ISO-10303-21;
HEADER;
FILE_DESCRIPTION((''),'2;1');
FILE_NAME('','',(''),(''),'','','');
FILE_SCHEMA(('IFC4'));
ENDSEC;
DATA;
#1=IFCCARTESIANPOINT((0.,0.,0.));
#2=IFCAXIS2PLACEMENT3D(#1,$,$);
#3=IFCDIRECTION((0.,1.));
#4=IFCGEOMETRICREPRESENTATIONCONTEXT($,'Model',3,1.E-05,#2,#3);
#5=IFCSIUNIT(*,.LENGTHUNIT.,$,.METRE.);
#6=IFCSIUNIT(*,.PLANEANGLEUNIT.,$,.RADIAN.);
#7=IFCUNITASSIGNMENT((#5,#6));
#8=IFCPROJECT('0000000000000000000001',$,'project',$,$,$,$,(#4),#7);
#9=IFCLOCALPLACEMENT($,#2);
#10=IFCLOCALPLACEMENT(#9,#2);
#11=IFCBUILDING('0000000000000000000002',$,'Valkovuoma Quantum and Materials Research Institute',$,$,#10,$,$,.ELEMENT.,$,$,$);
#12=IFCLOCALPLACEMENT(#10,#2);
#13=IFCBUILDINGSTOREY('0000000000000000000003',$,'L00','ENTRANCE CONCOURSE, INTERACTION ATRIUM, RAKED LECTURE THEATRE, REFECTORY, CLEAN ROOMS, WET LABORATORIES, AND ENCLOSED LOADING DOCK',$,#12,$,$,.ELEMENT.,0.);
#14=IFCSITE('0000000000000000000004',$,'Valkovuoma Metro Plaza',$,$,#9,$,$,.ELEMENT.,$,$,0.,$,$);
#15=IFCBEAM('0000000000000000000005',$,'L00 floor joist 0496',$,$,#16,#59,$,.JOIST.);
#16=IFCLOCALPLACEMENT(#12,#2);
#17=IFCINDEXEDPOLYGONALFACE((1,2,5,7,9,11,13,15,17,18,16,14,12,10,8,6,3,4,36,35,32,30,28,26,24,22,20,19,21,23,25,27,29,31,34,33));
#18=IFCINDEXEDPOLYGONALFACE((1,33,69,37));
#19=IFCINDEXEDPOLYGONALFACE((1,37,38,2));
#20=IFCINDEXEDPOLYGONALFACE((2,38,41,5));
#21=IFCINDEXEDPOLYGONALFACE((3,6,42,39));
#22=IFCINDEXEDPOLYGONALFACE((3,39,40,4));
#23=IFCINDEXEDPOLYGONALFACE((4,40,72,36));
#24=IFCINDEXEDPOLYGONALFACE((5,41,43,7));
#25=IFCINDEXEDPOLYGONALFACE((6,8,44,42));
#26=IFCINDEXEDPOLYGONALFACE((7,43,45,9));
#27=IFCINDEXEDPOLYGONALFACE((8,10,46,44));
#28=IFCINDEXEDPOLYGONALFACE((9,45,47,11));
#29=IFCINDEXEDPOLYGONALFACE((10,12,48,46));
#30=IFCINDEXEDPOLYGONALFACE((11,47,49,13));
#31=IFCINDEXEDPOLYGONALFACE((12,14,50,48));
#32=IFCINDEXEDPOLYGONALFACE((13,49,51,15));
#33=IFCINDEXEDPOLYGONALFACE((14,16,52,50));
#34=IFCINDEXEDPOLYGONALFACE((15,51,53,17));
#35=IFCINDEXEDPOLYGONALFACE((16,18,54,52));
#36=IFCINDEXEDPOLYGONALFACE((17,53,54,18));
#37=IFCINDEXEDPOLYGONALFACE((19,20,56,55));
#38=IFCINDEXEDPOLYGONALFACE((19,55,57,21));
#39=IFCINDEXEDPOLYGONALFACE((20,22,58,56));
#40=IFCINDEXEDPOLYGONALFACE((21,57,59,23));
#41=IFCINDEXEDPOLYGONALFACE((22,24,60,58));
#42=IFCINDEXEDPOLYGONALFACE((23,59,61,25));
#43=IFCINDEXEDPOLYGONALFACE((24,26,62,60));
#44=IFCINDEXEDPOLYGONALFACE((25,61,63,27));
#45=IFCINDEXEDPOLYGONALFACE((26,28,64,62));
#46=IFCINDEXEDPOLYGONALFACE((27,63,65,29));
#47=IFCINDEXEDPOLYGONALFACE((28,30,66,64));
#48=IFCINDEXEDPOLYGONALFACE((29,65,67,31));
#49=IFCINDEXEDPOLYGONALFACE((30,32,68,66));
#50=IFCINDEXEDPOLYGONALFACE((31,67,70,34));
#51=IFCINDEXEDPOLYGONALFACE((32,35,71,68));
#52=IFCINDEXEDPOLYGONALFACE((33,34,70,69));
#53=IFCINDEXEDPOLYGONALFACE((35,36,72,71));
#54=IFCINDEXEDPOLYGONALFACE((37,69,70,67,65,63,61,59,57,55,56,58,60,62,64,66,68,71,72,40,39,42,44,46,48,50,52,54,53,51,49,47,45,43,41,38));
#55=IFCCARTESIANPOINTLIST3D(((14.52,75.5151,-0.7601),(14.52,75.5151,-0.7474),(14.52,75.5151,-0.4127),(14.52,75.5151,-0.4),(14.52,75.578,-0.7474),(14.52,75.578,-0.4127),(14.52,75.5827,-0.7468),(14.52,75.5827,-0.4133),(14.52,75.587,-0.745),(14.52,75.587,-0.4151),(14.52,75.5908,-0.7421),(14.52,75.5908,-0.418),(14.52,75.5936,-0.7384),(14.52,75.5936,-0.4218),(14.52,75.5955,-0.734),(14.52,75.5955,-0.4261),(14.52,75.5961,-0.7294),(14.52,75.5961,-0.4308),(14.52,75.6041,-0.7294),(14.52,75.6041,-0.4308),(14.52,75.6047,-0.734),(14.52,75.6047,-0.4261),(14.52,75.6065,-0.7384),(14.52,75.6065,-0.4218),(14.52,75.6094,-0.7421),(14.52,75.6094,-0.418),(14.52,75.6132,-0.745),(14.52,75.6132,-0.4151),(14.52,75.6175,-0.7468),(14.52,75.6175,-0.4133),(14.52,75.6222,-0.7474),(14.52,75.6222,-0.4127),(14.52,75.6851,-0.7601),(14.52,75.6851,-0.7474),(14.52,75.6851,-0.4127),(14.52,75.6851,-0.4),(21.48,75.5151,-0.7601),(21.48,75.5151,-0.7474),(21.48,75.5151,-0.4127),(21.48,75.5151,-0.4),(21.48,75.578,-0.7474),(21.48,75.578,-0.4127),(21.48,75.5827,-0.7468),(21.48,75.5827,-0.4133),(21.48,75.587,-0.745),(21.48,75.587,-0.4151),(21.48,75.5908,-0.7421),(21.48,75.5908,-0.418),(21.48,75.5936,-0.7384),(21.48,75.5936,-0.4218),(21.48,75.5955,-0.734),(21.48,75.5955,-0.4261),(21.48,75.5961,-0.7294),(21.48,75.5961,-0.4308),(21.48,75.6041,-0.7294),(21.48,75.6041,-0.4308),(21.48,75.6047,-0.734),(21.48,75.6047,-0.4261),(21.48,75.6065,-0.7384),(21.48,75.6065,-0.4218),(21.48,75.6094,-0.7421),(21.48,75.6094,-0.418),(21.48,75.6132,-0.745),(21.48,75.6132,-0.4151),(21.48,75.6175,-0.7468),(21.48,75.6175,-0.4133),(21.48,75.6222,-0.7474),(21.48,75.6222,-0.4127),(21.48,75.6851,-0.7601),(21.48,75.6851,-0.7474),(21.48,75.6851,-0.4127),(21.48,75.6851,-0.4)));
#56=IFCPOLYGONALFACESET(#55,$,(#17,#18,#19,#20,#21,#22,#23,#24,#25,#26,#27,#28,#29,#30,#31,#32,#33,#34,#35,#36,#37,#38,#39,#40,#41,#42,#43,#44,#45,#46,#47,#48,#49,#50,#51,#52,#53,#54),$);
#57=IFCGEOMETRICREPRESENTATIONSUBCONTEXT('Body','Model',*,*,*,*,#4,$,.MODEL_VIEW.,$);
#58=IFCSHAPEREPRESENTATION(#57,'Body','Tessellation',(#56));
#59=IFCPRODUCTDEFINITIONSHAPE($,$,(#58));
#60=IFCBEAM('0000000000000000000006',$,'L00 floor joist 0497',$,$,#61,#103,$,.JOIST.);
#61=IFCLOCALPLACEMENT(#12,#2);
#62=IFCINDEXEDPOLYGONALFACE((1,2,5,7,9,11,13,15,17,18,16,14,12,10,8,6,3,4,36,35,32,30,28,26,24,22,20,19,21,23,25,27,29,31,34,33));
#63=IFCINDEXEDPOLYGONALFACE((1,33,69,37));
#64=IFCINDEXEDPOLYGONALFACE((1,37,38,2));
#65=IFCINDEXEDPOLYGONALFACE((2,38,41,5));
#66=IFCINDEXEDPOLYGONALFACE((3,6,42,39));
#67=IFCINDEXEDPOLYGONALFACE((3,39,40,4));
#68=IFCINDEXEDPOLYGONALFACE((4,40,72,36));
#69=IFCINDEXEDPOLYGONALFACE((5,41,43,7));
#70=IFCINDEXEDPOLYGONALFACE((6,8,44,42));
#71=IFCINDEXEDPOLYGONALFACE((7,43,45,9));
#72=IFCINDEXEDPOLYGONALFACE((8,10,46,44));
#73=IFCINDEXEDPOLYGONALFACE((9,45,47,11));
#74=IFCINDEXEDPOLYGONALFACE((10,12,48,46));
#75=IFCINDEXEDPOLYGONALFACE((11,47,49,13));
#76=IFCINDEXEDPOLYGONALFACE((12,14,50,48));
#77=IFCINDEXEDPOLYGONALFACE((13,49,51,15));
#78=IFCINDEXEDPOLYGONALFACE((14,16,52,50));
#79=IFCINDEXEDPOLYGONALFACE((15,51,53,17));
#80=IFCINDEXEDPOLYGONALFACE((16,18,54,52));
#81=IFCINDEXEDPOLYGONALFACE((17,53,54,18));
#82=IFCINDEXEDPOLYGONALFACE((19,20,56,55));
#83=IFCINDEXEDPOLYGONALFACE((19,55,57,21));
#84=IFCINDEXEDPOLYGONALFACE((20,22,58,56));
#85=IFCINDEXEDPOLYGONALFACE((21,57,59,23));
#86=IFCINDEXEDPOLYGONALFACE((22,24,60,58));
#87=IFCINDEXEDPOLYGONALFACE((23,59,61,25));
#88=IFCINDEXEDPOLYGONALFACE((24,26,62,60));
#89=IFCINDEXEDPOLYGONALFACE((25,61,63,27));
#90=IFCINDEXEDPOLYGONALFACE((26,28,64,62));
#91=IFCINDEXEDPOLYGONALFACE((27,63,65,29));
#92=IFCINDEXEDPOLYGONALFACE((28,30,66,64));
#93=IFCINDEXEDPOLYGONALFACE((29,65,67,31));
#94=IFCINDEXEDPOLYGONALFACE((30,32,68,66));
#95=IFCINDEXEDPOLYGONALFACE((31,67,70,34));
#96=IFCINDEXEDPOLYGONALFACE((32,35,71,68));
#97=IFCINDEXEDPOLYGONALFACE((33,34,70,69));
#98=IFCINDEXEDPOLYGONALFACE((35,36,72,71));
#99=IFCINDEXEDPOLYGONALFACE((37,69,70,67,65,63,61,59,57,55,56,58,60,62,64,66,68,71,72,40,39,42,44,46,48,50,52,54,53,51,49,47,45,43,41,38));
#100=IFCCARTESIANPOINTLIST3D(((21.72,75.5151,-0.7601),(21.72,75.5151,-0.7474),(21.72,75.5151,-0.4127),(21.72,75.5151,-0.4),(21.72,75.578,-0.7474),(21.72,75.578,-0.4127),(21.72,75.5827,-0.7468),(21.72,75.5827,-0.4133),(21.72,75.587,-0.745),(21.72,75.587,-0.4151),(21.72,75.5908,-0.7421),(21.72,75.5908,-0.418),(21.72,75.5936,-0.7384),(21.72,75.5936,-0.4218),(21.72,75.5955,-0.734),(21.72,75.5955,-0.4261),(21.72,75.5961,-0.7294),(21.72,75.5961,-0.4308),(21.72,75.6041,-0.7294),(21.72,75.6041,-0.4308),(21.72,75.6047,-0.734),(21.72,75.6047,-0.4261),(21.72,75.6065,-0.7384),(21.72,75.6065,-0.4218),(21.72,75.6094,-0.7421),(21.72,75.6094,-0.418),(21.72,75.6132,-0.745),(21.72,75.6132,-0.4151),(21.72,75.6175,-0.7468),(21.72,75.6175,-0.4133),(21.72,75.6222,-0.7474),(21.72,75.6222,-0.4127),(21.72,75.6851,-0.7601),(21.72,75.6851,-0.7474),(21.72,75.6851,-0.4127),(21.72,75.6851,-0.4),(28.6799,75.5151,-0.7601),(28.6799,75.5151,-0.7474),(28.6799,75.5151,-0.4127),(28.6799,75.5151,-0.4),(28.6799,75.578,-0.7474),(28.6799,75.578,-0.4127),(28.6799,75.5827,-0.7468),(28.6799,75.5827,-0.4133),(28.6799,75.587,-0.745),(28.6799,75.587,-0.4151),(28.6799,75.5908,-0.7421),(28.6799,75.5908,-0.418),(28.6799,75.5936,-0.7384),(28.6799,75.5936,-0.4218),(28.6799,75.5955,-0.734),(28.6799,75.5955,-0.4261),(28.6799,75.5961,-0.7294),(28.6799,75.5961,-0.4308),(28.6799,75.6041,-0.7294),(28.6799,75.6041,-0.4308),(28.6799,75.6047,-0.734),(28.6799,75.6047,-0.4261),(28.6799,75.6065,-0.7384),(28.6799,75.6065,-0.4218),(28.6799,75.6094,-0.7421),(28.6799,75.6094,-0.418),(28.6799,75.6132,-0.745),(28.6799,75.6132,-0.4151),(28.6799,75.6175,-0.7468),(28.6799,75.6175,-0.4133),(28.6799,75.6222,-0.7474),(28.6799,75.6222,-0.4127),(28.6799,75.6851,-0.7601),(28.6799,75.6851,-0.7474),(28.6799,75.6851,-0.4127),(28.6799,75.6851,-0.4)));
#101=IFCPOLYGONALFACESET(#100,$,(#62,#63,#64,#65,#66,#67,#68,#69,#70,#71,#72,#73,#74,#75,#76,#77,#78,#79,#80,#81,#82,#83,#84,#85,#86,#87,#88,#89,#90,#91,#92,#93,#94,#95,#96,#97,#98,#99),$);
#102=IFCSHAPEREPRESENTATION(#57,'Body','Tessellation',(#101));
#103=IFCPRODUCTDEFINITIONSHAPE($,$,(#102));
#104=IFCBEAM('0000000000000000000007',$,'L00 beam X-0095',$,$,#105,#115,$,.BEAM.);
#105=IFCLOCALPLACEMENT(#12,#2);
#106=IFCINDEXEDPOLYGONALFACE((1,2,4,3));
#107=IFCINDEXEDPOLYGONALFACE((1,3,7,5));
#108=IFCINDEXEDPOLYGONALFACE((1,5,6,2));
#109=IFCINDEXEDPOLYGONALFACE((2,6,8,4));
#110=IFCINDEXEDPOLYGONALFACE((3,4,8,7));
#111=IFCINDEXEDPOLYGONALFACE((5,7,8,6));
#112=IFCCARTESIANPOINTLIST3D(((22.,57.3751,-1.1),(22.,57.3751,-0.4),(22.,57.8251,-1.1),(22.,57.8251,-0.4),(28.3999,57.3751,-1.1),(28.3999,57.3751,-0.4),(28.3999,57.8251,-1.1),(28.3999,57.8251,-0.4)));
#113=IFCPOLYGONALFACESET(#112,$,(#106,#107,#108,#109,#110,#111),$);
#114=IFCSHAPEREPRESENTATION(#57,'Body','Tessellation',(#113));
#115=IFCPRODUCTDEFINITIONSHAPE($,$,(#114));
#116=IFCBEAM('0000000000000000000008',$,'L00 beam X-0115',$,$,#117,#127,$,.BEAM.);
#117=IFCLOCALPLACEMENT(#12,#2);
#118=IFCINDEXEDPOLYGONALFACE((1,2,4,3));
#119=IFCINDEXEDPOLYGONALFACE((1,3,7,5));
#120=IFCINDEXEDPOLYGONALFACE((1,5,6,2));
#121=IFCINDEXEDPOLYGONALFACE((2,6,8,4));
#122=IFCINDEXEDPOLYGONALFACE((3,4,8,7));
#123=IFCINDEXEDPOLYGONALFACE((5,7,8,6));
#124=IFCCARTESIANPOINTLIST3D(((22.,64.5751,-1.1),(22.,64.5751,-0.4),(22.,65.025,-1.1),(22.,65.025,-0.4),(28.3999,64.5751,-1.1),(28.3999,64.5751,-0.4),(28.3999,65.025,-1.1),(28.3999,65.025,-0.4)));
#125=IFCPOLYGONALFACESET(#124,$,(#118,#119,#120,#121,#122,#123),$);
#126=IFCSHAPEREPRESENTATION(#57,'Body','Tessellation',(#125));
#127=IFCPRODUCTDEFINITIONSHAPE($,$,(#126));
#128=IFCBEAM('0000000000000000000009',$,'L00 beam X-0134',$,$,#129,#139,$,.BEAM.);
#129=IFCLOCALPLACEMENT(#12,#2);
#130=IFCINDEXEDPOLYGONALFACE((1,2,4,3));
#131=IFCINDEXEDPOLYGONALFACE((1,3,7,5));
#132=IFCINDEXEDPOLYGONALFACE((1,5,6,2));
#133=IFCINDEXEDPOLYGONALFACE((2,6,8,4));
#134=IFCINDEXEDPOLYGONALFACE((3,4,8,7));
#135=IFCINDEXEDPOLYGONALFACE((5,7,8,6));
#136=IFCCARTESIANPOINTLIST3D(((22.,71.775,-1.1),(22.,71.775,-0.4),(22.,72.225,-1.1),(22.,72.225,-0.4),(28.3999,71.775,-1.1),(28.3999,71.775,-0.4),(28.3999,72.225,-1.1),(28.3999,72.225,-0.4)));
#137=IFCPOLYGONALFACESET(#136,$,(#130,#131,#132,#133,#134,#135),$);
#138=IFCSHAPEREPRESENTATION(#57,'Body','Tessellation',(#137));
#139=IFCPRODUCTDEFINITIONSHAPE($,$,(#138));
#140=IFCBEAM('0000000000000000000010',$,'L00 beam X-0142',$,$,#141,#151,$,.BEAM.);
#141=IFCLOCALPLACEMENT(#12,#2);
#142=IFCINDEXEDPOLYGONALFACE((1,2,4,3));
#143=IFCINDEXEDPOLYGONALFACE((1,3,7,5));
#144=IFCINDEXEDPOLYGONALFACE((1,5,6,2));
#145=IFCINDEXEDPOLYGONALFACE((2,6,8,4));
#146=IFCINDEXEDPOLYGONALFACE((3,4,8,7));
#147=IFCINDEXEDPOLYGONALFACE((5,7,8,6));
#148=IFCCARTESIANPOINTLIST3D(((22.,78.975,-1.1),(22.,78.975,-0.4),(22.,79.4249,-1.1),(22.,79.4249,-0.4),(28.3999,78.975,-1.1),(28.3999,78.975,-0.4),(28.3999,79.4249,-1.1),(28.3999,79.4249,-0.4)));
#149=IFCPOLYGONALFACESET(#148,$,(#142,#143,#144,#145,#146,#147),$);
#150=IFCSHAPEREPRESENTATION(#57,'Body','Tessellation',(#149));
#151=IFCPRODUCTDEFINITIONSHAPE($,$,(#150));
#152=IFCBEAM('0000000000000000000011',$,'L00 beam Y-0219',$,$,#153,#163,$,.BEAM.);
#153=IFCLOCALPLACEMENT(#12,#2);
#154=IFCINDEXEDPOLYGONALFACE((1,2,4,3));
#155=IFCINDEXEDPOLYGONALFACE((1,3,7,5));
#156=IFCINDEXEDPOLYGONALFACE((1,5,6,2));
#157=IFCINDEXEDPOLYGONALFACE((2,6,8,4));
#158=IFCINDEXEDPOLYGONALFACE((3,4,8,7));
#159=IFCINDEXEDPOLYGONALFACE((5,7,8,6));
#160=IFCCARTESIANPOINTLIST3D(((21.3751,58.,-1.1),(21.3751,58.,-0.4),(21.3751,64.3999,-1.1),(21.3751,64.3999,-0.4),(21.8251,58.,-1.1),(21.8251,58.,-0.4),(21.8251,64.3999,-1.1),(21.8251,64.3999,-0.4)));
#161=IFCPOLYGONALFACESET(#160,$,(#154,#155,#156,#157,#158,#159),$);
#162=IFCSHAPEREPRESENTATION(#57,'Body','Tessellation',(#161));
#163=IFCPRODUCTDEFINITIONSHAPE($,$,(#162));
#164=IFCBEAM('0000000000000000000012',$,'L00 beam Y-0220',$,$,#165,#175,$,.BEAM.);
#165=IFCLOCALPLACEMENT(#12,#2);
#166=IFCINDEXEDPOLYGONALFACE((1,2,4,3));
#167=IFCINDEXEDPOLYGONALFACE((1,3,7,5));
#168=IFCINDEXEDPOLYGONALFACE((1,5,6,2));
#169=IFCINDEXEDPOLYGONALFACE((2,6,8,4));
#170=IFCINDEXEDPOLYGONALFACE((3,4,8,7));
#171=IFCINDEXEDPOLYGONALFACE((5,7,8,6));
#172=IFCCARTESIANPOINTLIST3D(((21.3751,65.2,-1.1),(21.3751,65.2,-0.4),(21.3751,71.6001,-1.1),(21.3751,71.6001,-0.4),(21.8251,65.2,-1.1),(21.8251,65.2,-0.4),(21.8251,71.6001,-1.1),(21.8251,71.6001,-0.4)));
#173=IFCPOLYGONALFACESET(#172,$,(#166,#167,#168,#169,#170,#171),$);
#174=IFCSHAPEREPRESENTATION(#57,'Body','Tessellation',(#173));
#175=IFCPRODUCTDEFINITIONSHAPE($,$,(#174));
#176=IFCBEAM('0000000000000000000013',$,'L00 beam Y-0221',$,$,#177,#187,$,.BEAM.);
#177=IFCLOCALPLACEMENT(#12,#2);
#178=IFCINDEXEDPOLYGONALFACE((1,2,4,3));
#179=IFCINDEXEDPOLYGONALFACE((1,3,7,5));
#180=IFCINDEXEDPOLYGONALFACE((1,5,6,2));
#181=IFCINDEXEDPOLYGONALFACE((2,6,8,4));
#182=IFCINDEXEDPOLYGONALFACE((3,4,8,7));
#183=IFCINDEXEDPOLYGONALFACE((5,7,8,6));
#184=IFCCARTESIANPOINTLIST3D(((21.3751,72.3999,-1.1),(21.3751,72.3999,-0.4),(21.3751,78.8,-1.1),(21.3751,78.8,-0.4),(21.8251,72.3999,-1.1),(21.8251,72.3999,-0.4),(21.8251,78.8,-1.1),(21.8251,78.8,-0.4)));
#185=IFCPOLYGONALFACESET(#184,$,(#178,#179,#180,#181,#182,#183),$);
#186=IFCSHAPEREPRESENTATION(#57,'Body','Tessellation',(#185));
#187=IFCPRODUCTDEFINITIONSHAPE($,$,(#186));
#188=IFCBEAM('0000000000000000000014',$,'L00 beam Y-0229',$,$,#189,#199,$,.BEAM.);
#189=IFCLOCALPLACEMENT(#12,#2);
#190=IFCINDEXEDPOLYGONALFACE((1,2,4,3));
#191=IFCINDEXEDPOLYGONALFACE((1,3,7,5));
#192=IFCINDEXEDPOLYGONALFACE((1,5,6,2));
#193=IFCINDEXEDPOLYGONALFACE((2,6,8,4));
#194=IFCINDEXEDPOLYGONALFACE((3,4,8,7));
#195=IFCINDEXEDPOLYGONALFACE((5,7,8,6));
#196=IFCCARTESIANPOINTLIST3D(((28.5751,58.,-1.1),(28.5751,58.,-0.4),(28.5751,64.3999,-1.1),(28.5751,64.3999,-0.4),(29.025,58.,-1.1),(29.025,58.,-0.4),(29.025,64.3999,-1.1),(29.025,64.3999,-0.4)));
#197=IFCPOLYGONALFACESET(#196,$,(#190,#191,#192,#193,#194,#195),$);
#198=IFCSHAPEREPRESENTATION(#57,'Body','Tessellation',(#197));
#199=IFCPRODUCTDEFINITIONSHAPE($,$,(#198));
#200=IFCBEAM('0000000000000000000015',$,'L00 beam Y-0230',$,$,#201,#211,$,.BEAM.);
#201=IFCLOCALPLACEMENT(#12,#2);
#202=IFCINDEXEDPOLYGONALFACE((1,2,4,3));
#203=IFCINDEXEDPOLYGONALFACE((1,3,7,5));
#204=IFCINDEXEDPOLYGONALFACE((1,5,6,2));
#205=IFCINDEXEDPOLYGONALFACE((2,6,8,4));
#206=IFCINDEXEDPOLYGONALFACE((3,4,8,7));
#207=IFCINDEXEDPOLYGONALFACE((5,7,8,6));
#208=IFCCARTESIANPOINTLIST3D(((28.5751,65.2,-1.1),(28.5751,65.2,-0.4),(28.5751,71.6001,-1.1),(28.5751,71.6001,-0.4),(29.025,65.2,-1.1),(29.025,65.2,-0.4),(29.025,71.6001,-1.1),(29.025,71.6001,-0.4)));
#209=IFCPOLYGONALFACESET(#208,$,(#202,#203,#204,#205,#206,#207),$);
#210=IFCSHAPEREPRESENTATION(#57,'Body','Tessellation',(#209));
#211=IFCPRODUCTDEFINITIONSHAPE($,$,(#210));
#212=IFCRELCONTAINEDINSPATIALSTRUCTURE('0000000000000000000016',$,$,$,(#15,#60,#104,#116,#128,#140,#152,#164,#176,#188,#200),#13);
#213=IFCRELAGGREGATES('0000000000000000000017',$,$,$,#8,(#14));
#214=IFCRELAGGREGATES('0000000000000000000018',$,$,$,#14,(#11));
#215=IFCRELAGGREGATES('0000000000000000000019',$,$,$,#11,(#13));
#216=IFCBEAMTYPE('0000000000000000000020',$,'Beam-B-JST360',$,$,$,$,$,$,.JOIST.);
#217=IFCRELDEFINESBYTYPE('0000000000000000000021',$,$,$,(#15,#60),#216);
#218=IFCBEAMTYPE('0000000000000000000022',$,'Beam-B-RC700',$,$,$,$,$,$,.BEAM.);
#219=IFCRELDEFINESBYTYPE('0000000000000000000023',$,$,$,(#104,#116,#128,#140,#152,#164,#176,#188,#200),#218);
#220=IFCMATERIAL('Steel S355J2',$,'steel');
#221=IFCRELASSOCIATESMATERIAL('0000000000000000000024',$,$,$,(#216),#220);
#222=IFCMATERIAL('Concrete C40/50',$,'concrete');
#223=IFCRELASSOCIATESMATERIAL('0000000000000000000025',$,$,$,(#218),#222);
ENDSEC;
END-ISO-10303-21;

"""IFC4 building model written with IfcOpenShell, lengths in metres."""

from ifc_helpers import new_model, si_unit, direction, frame, origin, origin_2d, place, context, subcontext, project, spatial, rectangle, i_section, extrude, material, material_profile, profile_set, type_object, element, save


model = new_model("IFC4")

# Units and contexts
model_context = context("Model", 3, precision=1e-05, world=origin(), true_north=direction((0.0, 1.0)))
body_context = subcontext(model_context, "Body", "Model", "MODEL_VIEW")
ifc_project = project(units=[si_unit("LENGTHUNIT", "METRE"), si_unit("PLANEANGLEUNIT", "RADIAN")], contexts=[model_context])

# Site, building, storey
site_placement = place(None, origin())
site = spatial("IfcSite", under=ifc_project, at=site_placement, Name="Valkovuoma Metro Plaza", CompositionType="ELEMENT", RefElevation=0.0)
building_placement = place(site_placement, origin())
building = spatial("IfcBuilding", under=site, at=building_placement, Name="Valkovuoma Quantum and Materials Research Institute", CompositionType="ELEMENT")
storey_placement = place(building_placement, origin())
storey = spatial("IfcBuildingStorey", under=building, at=storey_placement, Name="L00", Description="ENTRANCE CONCOURSE, INTERACTION ATRIUM, RAKED LECTURE THEATRE, REFECTORY, CLEAN ROOMS, WET LABORATORIES, AND ENCLOSED LOADING DOCK", CompositionType="ELEMENT", Elevation=0.0)

# Beams
ifc_material_1 = material(Name="Steel S355J2", Category="steel")
ifc_material_profile_1 = material_profile(ifc_material_1, i_section(OverallWidth=0.1699, OverallDepth=0.3601, WebThickness=0.0081, FlangeThickness=0.0127, FilletRadius=0.0181, at=origin_2d()), Name="Steel S355J2")
ifc_profile_set_1 = profile_set([ifc_material_profile_1], Name="Steel S355J2")
beam_type_1 = type_object("IfcBeamType", Name="Beam-B-JST360", PredefinedType="JOIST", material=ifc_profile_set_1)
for number, where, z_axis, x_axis, name in (
    (1, (14.52, 75.6001, -0.5801), (1.0, 0.0, 0.0), (0.0, 1.0, 0.0), "L00 floor joist 0496"),
    (2, (21.72, 75.6001, -0.5801), (1.0, 0.0, 0.0), (0.0, 1.0, 0.0), "L00 floor joist 0497"),
):
    element("IfcBeam", number, at=place(storey_placement, frame(where, z_axis=z_axis, x_axis=x_axis)), inside=storey, type_object=beam_type_1, Name=name, PredefinedType="JOIST", context=body_context, shape_type="SweptSolid", body=[
        extrude(i_section(OverallWidth=0.1699, OverallDepth=0.3601, WebThickness=0.0081, FlangeThickness=0.0127, FilletRadius=0.0181, at=origin_2d()), origin(), (0.0, 0.0, 1.0), 6.96),
    ])
ifc_material_2 = material(Name="Concrete C40/50", Category="concrete")
ifc_material_profile_2 = material_profile(ifc_material_2, rectangle(XDim=0.45, YDim=0.7, at=origin_2d()), Name="Concrete C40/50")
ifc_profile_set_2 = profile_set([ifc_material_profile_2], Name="Concrete C40/50")
beam_type_2 = type_object("IfcBeamType", Name="Beam-B-RC700", PredefinedType="BEAM", material=ifc_profile_set_2)
for number, where, z_axis, x_axis, name in (
    (3, (22.0, 57.6001, -0.75), (1.0, 0.0, 0.0), (0.0, 1.0, 0.0), "L00 beam X-0095"),
    (4, (22.0, 64.8, -0.75), (1.0, 0.0, 0.0), (0.0, 1.0, 0.0), "L00 beam X-0115"),
    (5, (22.0, 72.0, -0.75), (1.0, 0.0, 0.0), (0.0, 1.0, 0.0), "L00 beam X-0134"),
    (6, (22.0, 79.2, -0.75), (1.0, 0.0, 0.0), (0.0, 1.0, 0.0), "L00 beam X-0142"),
    (7, (21.6001, 58.0, -0.75), (0.0, 1.0, 0.0), (-1.0, 0.0, 0.0), "L00 beam Y-0219"),
):
    element("IfcBeam", number, at=place(storey_placement, frame(where, z_axis=z_axis, x_axis=x_axis)), inside=storey, type_object=beam_type_2, Name=name, PredefinedType="BEAM", context=body_context, shape_type="SweptSolid", body=[
        extrude(rectangle(XDim=0.45, YDim=0.7, at=origin_2d()), origin(), (0.0, 0.0, 1.0), 6.3999),
    ])
for number, where, z_axis, x_axis, name in (
    (8, (21.6001, 65.2, -0.75), (0.0, 1.0, 0.0), (-1.0, 0.0, 0.0), "L00 beam Y-0220"),
    (9, (21.6001, 72.3999, -0.75), (0.0, 1.0, 0.0), (-1.0, 0.0, 0.0), "L00 beam Y-0221"),
):
    element("IfcBeam", number, at=place(storey_placement, frame(where, z_axis=z_axis, x_axis=x_axis)), inside=storey, type_object=beam_type_2, Name=name, PredefinedType="BEAM", context=body_context, shape_type="SweptSolid", body=[
        extrude(rectangle(XDim=0.45, YDim=0.7, at=origin_2d()), origin(), (0.0, 0.0, 1.0), 6.4001),
    ])
beam_placement = place(storey_placement, frame((28.8, 58.0, -0.75), z_axis=(0.0, 1.0, 0.0), x_axis=(-1.0, 0.0, 0.0)))
element("IfcBeam", 10, at=beam_placement, inside=storey, type_object=beam_type_2, Name="L00 beam Y-0229", PredefinedType="BEAM", context=body_context, shape_type="SweptSolid", body=[
    extrude(rectangle(XDim=0.45, YDim=0.7, at=origin_2d()), origin(), (0.0, 0.0, 1.0), 6.3999),
])
for number, where, z_axis, x_axis, name in (
    (11, (28.8, 65.2, -0.75), (0.0, 1.0, 0.0), (-1.0, 0.0, 0.0), "L00 beam Y-0230"),
):
    element("IfcBeam", number, at=place(storey_placement, frame(where, z_axis=z_axis, x_axis=x_axis)), inside=storey, type_object=beam_type_2, Name=name, PredefinedType="BEAM", context=body_context, shape_type="SweptSolid", body=[
        extrude(rectangle(XDim=0.45, YDim=0.7, at=origin_2d()), origin(), (0.0, 0.0, 1.0), 6.4001),
    ])

save(model, "model.ifc")
